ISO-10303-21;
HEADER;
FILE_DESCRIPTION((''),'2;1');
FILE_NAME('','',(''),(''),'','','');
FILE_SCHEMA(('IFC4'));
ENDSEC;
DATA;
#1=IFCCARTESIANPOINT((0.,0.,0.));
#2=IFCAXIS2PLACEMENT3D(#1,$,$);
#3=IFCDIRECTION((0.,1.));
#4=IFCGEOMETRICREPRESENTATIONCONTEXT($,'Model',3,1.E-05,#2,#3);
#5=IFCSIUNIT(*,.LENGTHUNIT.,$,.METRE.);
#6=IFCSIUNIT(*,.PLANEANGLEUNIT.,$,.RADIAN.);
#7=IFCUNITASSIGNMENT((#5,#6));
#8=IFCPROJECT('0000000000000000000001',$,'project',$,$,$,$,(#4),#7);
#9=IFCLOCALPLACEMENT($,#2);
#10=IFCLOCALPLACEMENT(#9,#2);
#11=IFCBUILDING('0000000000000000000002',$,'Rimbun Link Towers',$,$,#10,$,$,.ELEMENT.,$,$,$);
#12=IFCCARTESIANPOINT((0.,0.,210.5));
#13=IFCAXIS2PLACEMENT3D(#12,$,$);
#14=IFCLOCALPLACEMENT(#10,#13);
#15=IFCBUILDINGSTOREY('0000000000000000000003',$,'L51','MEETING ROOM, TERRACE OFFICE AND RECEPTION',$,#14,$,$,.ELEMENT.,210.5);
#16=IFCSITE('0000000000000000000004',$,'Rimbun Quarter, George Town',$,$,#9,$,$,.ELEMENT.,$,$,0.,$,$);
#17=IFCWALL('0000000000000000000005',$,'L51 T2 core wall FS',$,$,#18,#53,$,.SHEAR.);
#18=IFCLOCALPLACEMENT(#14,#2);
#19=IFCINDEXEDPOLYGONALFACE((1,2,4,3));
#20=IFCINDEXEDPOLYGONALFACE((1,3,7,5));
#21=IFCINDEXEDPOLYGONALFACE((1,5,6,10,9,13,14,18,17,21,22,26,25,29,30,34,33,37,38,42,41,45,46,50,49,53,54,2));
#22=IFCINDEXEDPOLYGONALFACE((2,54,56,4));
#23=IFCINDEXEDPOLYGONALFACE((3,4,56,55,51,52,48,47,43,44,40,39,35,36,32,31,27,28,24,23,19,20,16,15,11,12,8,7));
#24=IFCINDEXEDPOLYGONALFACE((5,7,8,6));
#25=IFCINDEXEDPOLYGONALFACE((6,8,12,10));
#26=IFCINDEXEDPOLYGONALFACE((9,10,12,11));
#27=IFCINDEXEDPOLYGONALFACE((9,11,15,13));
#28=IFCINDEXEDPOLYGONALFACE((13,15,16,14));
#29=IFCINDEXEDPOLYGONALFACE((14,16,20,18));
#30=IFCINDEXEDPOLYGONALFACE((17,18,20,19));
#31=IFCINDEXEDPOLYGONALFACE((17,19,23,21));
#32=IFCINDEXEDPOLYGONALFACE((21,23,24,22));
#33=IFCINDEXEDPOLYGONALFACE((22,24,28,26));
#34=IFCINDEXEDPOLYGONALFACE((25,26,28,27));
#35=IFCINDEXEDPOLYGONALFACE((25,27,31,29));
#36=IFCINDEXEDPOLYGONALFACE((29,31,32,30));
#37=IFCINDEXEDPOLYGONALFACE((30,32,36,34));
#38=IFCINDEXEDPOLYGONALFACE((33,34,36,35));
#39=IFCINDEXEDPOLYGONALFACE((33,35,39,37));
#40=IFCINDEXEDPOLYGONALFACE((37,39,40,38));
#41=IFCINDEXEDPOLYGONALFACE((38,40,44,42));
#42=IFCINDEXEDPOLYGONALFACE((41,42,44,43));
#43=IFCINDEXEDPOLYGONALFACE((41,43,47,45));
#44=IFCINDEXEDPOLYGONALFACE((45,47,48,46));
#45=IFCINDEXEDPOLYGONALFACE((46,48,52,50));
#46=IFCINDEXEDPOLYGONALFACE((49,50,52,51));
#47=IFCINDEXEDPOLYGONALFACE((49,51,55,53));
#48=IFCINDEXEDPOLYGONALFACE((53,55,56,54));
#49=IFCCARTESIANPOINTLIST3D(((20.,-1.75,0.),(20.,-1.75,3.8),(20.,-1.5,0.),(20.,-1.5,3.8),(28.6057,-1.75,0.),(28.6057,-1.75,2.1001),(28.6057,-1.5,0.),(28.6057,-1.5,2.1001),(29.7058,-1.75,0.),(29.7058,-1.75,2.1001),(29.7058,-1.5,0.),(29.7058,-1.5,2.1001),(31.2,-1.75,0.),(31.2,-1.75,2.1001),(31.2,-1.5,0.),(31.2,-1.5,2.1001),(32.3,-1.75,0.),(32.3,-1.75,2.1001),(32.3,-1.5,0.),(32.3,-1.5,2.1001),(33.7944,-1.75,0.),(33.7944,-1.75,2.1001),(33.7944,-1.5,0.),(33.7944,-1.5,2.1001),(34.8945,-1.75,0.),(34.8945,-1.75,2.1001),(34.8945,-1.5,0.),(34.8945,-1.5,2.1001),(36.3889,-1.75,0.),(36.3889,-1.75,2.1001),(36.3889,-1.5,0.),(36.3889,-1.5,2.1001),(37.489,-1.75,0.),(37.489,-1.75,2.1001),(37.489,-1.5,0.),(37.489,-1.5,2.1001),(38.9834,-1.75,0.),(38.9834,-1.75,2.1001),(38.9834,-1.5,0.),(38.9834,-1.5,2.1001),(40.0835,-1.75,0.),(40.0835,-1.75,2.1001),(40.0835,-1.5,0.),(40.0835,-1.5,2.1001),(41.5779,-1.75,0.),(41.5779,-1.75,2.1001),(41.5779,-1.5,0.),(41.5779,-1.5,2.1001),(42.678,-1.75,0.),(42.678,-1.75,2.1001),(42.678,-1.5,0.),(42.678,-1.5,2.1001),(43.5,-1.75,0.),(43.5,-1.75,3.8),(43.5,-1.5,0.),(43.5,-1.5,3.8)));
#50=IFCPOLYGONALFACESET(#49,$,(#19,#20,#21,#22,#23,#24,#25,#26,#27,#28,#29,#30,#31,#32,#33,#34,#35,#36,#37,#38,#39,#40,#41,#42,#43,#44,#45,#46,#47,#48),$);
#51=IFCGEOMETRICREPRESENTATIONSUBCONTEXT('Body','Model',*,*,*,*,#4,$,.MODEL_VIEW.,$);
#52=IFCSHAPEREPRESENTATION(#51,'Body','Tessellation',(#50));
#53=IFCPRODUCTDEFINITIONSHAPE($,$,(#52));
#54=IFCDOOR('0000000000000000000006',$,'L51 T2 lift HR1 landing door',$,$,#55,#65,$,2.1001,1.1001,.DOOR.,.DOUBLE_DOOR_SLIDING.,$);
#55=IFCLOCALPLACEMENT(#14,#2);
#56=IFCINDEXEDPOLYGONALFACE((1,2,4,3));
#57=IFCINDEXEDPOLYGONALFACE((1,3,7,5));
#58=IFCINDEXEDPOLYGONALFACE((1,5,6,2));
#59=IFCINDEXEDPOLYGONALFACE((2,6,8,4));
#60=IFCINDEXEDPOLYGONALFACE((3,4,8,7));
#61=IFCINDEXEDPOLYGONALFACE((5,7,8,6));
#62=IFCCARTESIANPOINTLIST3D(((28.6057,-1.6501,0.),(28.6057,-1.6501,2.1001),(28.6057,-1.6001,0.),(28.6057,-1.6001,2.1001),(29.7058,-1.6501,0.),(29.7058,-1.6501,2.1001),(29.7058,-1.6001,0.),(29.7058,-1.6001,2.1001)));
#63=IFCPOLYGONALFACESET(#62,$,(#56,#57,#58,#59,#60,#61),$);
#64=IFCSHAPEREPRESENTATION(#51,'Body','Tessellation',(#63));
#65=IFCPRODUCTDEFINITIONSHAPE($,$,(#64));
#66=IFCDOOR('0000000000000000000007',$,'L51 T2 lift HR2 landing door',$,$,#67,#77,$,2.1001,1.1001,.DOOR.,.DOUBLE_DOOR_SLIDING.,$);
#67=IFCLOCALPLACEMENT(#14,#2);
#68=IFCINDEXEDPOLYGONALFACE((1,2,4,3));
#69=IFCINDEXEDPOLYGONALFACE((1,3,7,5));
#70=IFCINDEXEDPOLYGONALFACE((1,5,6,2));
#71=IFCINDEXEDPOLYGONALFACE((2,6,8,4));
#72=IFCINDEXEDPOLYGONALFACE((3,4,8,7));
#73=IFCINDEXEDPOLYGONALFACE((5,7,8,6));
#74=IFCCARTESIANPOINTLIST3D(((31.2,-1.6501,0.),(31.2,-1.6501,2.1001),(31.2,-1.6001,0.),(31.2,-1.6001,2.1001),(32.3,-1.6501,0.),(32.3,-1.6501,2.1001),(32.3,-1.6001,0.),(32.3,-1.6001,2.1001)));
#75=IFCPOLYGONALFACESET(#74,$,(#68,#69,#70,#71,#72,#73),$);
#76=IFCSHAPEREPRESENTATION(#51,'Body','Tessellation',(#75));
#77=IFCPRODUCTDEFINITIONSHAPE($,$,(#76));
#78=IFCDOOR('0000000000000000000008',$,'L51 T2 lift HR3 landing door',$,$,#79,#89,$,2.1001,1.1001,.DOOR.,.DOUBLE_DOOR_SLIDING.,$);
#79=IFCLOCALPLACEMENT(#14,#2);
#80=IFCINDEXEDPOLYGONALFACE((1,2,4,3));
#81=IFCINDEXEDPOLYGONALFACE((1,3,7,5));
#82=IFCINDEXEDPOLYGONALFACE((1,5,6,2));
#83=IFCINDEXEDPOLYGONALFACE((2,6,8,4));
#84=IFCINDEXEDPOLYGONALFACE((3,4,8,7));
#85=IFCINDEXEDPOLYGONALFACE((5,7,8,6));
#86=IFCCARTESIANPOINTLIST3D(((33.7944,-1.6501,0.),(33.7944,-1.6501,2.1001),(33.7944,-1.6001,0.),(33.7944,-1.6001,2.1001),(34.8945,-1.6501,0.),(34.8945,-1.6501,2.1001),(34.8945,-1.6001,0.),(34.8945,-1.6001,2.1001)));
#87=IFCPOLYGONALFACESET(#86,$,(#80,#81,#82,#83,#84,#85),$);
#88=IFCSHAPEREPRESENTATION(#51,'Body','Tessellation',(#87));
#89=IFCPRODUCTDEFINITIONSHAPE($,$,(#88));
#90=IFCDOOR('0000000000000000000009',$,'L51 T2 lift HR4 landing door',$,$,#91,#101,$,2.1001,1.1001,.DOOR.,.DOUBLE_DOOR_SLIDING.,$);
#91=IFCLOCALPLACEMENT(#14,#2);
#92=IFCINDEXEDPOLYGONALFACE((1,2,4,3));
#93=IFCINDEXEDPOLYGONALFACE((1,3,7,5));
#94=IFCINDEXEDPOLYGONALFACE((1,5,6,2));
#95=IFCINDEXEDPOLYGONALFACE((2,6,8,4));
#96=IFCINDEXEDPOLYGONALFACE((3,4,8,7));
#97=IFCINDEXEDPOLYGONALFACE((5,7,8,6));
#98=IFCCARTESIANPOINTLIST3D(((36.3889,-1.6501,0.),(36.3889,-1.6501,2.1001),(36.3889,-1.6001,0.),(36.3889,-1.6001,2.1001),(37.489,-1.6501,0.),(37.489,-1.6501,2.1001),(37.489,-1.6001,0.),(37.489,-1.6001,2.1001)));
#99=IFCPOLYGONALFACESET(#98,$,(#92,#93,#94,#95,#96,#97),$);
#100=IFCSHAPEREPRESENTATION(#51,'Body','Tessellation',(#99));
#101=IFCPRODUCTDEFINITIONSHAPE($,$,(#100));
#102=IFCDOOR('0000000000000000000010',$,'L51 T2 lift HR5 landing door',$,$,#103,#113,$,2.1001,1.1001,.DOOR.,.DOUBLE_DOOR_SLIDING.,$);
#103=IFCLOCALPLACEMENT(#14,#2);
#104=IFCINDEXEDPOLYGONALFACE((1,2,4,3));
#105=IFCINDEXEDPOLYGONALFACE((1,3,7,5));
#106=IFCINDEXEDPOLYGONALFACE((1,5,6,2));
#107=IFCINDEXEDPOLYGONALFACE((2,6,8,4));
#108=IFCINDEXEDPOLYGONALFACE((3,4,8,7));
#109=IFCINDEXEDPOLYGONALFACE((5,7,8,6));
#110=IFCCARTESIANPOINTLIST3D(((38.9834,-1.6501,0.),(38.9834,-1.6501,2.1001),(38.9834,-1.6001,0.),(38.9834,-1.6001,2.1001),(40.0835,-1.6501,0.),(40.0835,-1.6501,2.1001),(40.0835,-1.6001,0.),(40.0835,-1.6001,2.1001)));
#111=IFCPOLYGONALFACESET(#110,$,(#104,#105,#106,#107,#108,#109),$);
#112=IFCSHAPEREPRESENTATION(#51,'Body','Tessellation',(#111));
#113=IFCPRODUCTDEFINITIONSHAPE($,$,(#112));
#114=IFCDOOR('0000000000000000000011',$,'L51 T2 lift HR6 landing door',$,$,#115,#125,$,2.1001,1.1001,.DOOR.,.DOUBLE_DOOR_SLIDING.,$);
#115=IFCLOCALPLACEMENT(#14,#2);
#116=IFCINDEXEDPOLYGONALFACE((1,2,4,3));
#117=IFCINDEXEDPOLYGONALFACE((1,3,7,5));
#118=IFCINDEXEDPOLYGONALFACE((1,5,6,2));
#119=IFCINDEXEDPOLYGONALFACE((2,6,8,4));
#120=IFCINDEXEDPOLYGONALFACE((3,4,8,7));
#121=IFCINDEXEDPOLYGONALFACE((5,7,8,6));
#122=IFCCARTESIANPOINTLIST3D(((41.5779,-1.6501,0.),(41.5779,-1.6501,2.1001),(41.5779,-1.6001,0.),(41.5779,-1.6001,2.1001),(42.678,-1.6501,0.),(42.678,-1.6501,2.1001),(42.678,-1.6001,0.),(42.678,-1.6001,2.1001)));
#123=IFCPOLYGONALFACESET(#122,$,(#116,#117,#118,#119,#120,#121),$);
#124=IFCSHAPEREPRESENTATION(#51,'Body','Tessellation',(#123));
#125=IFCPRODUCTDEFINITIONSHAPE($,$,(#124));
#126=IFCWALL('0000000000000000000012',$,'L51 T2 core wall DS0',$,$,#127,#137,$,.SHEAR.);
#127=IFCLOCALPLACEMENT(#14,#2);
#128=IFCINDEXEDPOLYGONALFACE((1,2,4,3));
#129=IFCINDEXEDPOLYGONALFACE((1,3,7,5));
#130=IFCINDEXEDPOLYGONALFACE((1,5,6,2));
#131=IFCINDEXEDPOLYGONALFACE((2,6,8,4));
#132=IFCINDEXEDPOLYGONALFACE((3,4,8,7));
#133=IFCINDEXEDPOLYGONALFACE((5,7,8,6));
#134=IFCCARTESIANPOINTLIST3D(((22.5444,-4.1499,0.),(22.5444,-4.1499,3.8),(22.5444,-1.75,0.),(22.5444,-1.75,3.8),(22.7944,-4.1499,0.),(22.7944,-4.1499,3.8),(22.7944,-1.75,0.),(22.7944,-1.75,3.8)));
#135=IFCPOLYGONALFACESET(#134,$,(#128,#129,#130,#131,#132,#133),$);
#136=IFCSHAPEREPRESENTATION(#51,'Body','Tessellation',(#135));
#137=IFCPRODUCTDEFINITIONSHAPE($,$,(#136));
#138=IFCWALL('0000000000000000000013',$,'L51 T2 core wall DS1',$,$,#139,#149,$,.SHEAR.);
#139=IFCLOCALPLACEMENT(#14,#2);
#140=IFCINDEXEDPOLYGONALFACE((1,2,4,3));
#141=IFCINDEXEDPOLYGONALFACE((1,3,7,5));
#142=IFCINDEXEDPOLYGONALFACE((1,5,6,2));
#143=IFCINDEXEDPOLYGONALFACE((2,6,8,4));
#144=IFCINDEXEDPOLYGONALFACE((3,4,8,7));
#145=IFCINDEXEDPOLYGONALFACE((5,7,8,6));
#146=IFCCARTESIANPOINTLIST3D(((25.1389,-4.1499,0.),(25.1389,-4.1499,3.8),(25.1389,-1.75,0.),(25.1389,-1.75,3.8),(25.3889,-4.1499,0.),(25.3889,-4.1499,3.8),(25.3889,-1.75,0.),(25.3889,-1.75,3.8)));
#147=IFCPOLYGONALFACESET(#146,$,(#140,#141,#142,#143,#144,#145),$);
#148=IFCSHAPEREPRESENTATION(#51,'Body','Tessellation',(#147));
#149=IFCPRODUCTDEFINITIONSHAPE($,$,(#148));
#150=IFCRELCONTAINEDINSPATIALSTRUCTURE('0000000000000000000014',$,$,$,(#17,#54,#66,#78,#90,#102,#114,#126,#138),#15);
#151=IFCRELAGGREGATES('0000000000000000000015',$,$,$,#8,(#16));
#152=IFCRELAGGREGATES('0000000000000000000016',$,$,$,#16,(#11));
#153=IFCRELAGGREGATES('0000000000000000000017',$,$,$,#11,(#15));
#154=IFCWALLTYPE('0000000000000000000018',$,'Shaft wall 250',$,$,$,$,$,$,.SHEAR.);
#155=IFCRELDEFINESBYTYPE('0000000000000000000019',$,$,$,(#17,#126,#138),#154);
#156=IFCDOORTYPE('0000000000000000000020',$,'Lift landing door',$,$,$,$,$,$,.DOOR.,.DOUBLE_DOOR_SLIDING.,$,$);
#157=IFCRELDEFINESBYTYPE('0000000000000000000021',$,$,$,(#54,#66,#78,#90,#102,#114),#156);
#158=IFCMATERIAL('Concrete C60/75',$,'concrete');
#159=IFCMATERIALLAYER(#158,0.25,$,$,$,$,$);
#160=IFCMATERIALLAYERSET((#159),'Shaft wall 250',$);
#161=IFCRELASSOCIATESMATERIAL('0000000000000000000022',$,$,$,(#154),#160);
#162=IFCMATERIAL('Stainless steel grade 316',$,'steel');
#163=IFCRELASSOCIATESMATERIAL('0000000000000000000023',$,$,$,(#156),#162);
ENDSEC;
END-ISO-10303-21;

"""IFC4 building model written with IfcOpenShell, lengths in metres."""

from ifc_helpers import new_model, si_unit, direction, frame, frame_2d, origin, place, context, subcontext, project, spatial, rectangle, extrude, material, layer, layer_set, type_object, element, fill, save


model = new_model("IFC4")

# Units and contexts
model_context = context("Model", 3, precision=1e-05, world=origin(), true_north=direction((0.0, 1.0)))
body_context = subcontext(model_context, "Body", "Model", "MODEL_VIEW")
ifc_project = project(units=[si_unit("LENGTHUNIT", "METRE"), si_unit("PLANEANGLEUNIT", "RADIAN")], contexts=[model_context])

# Site, building, storey
site_placement = place(None, origin())
site = spatial("IfcSite", under=ifc_project, at=site_placement, Name="Rimbun Quarter, George Town", CompositionType="ELEMENT", RefElevation=0.0)
building_placement = place(site_placement, origin())
building = spatial("IfcBuilding", under=site, at=building_placement, Name="Rimbun Link Towers", CompositionType="ELEMENT")
storey_placement = place(building_placement, frame((0.0, 0.0, 210.5)))
storey = spatial("IfcBuildingStorey", under=building, at=storey_placement, Name="L51", Description="MEETING ROOM, TERRACE OFFICE AND RECEPTION", CompositionType="ELEMENT", Elevation=210.5)

# Shared definitions
ifc_material_1 = material(Name="Concrete C60/75", Category="concrete")
ifc_layer_1 = layer(ifc_material_1, 0.25)
ifc_layer_set_1 = layer_set([ifc_layer_1], Name="Shaft wall 250")
wall_type_1 = type_object("IfcWallType", Name="Shaft wall 250", PredefinedType="SHEAR", material=ifc_layer_set_1)

# Wall, openings, doors
wall_1_placement = place(storey_placement, frame((20.0, -1.625, 0.0), z_axis=(0.0, 0.0, 1.0), x_axis=(1.0, 0.0, 0.0)))
wall_1 = element("IfcWall", 1, at=wall_1_placement, inside=storey, type_object=wall_type_1, Name="L51 T2 core wall FS", PredefinedType="SHEAR", context=body_context, shape_type="SweptSolid", body=[
    extrude(rectangle(XDim=23.5, YDim=0.25, at=frame_2d((11.75, 0.0))), origin(), (0.0, 0.0, 1.0), 3.8),
])
opening_1_placement = place(wall_1_placement, frame((8.6057, 0.0, 0.0)))
opening_1 = element("IfcOpeningElement", 2, at=opening_1_placement, cuts=wall_1, PredefinedType="OPENING", context=body_context, shape_type="SweptSolid", body=[
    extrude(rectangle(XDim=1.1001, YDim=2.1001, at=frame_2d((0.55, 1.05))), frame((0.0, 0.135, 0.0), z_axis=(0.0, -1.0, 0.0), x_axis=(1.0, 0.0, 0.0)), (0.0, 0.0, 1.0), 0.27),
])
opening_2_placement = place(wall_1_placement, frame((11.2, 0.0, 0.0)))
opening_2 = element("IfcOpeningElement", 3, at=opening_2_placement, cuts=wall_1, PredefinedType="OPENING", context=body_context, shape_type="SweptSolid", body=[
    extrude(rectangle(XDim=1.1001, YDim=2.1001, at=frame_2d((0.55, 1.05))), frame((0.0, 0.135, 0.0), z_axis=(0.0, -1.0, 0.0), x_axis=(1.0, 0.0, 0.0)), (0.0, 0.0, 1.0), 0.27),
])
opening_3_placement = place(wall_1_placement, frame((13.7944, 0.0, 0.0)))
opening_3 = element("IfcOpeningElement", 4, at=opening_3_placement, cuts=wall_1, PredefinedType="OPENING", context=body_context, shape_type="SweptSolid", body=[
    extrude(rectangle(XDim=1.1001, YDim=2.1001, at=frame_2d((0.55, 1.05))), frame((0.0, 0.135, 0.0), z_axis=(0.0, -1.0, 0.0), x_axis=(1.0, 0.0, 0.0)), (0.0, 0.0, 1.0), 0.27),
])
opening_4_placement = place(wall_1_placement, frame((16.3889, 0.0, 0.0)))
opening_4 = element("IfcOpeningElement", 5, at=opening_4_placement, cuts=wall_1, PredefinedType="OPENING", context=body_context, shape_type="SweptSolid", body=[
    extrude(rectangle(XDim=1.1001, YDim=2.1001, at=frame_2d((0.55, 1.05))), frame((0.0, 0.135, 0.0), z_axis=(0.0, -1.0, 0.0), x_axis=(1.0, 0.0, 0.0)), (0.0, 0.0, 1.0), 0.27),
])
opening_5_placement = place(wall_1_placement, frame((18.9834, 0.0, 0.0)))
opening_5 = element("IfcOpeningElement", 6, at=opening_5_placement, cuts=wall_1, PredefinedType="OPENING", context=body_context, shape_type="SweptSolid", body=[
    extrude(rectangle(XDim=1.1001, YDim=2.1001, at=frame_2d((0.55, 1.05))), frame((0.0, 0.135, 0.0), z_axis=(0.0, -1.0, 0.0), x_axis=(1.0, 0.0, 0.0)), (0.0, 0.0, 1.0), 0.27),
])
opening_6_placement = place(wall_1_placement, frame((21.5779, 0.0, 0.0)))
opening_6 = element("IfcOpeningElement", 7, at=opening_6_placement, cuts=wall_1, PredefinedType="OPENING", context=body_context, shape_type="SweptSolid", body=[
    extrude(rectangle(XDim=1.1001, YDim=2.1001, at=frame_2d((0.55, 1.05))), frame((0.0, 0.135, 0.0), z_axis=(0.0, -1.0, 0.0), x_axis=(1.0, 0.0, 0.0)), (0.0, 0.0, 1.0), 0.27),
])
ifc_material_2 = material(Name="Stainless steel grade 316", Category="steel")
door_type_1 = type_object("IfcDoorType", Name="Lift landing door", OperationType="DOUBLE_DOOR_SLIDING", PredefinedType="DOOR", material=ifc_material_2)
door_1_placement = place(opening_1_placement, origin())
door_1 = element("IfcDoor", 8, at=door_1_placement, inside=storey, type_object=door_type_1, Name="L51 T2 lift HR1 landing door", OperationType="DOUBLE_DOOR_SLIDING", OverallHeight=2.1001, OverallWidth=1.1001, PredefinedType="DOOR", context=body_context, shape_type="SweptSolid", body=[
    extrude(rectangle(XDim=1.1001, YDim=2.1001, at=frame_2d((0.55, 1.05))), frame((0.0, 0.0249, 0.0), z_axis=(0.0, -1.0, 0.0), x_axis=(1.0, 0.0, 0.0)), (0.0, 0.0, 1.0), 0.05),
])
fill(opening_1, door_1)
door_2_placement = place(opening_2_placement, origin())
door_2 = element("IfcDoor", 9, at=door_2_placement, inside=storey, type_object=door_type_1, Name="L51 T2 lift HR2 landing door", OperationType="DOUBLE_DOOR_SLIDING", OverallHeight=2.1001, OverallWidth=1.1001, PredefinedType="DOOR", context=body_context, shape_type="SweptSolid", body=[
    extrude(rectangle(XDim=1.1001, YDim=2.1001, at=frame_2d((0.55, 1.05))), frame((0.0, 0.0249, 0.0), z_axis=(0.0, -1.0, 0.0), x_axis=(1.0, 0.0, 0.0)), (0.0, 0.0, 1.0), 0.05),
])
fill(opening_2, door_2)
door_3_placement = place(opening_3_placement, origin())
door_3 = element("IfcDoor", 10, at=door_3_placement, inside=storey, type_object=door_type_1, Name="L51 T2 lift HR3 landing door", OperationType="DOUBLE_DOOR_SLIDING", OverallHeight=2.1001, OverallWidth=1.1001, PredefinedType="DOOR", context=body_context, shape_type="SweptSolid", body=[
    extrude(rectangle(XDim=1.1001, YDim=2.1001, at=frame_2d((0.55, 1.05))), frame((0.0, 0.0249, 0.0), z_axis=(0.0, -1.0, 0.0), x_axis=(1.0, 0.0, 0.0)), (0.0, 0.0, 1.0), 0.05),
])
fill(opening_3, door_3)
door_4_placement = place(opening_4_placement, origin())
door_4 = element("IfcDoor", 11, at=door_4_placement, inside=storey, type_object=door_type_1, Name="L51 T2 lift HR4 landing door", OperationType="DOUBLE_DOOR_SLIDING", OverallHeight=2.1001, OverallWidth=1.1001, PredefinedType="DOOR", context=body_context, shape_type="SweptSolid", body=[
    extrude(rectangle(XDim=1.1001, YDim=2.1001, at=frame_2d((0.55, 1.05))), frame((0.0, 0.0249, 0.0), z_axis=(0.0, -1.0, 0.0), x_axis=(1.0, 0.0, 0.0)), (0.0, 0.0, 1.0), 0.05),
])
fill(opening_4, door_4)
door_5_placement = place(opening_5_placement, origin())
door_5 = element("IfcDoor", 12, at=door_5_placement, inside=storey, type_object=door_type_1, Name="L51 T2 lift HR5 landing door", OperationType="DOUBLE_DOOR_SLIDING", OverallHeight=2.1001, OverallWidth=1.1001, PredefinedType="DOOR", context=body_context, shape_type="SweptSolid", body=[
    extrude(rectangle(XDim=1.1001, YDim=2.1001, at=frame_2d((0.55, 1.05))), frame((0.0, 0.0249, 0.0), z_axis=(0.0, -1.0, 0.0), x_axis=(1.0, 0.0, 0.0)), (0.0, 0.0, 1.0), 0.05),
])
fill(opening_5, door_5)
door_6_placement = place(opening_6_placement, origin())
door_6 = element("IfcDoor", 13, at=door_6_placement, inside=storey, type_object=door_type_1, Name="L51 T2 lift HR6 landing door", OperationType="DOUBLE_DOOR_SLIDING", OverallHeight=2.1001, OverallWidth=1.1001, PredefinedType="DOOR", context=body_context, shape_type="SweptSolid", body=[
    extrude(rectangle(XDim=1.1001, YDim=2.1001, at=frame_2d((0.55, 1.05))), frame((0.0, 0.0249, 0.0), z_axis=(0.0, -1.0, 0.0), x_axis=(1.0, 0.0, 0.0)), (0.0, 0.0, 1.0), 0.05),
])
fill(opening_6, door_6)

# Walls
for number, where, z_axis, x_axis, name in (
    (14, (22.6694, -4.1499, 0.0), (0.0, 0.0, 1.0), (0.0, 1.0, 0.0), "L51 T2 core wall DS0"),
    (15, (25.2639, -4.1499, 0.0), (0.0, 0.0, 1.0), (0.0, 1.0, 0.0), "L51 T2 core wall DS1"),
):
    element("IfcWall", number, at=place(storey_placement, frame(where, z_axis=z_axis, x_axis=x_axis)), inside=storey, type_object=wall_type_1, Name=name, PredefinedType="SHEAR", context=body_context, shape_type="SweptSolid", body=[
        extrude(rectangle(XDim=2.3999, YDim=0.25, at=frame_2d((1.2, 0.0))), origin(), (0.0, 0.0, 1.0), 3.8),
    ])

save(model, "model.ifc")
